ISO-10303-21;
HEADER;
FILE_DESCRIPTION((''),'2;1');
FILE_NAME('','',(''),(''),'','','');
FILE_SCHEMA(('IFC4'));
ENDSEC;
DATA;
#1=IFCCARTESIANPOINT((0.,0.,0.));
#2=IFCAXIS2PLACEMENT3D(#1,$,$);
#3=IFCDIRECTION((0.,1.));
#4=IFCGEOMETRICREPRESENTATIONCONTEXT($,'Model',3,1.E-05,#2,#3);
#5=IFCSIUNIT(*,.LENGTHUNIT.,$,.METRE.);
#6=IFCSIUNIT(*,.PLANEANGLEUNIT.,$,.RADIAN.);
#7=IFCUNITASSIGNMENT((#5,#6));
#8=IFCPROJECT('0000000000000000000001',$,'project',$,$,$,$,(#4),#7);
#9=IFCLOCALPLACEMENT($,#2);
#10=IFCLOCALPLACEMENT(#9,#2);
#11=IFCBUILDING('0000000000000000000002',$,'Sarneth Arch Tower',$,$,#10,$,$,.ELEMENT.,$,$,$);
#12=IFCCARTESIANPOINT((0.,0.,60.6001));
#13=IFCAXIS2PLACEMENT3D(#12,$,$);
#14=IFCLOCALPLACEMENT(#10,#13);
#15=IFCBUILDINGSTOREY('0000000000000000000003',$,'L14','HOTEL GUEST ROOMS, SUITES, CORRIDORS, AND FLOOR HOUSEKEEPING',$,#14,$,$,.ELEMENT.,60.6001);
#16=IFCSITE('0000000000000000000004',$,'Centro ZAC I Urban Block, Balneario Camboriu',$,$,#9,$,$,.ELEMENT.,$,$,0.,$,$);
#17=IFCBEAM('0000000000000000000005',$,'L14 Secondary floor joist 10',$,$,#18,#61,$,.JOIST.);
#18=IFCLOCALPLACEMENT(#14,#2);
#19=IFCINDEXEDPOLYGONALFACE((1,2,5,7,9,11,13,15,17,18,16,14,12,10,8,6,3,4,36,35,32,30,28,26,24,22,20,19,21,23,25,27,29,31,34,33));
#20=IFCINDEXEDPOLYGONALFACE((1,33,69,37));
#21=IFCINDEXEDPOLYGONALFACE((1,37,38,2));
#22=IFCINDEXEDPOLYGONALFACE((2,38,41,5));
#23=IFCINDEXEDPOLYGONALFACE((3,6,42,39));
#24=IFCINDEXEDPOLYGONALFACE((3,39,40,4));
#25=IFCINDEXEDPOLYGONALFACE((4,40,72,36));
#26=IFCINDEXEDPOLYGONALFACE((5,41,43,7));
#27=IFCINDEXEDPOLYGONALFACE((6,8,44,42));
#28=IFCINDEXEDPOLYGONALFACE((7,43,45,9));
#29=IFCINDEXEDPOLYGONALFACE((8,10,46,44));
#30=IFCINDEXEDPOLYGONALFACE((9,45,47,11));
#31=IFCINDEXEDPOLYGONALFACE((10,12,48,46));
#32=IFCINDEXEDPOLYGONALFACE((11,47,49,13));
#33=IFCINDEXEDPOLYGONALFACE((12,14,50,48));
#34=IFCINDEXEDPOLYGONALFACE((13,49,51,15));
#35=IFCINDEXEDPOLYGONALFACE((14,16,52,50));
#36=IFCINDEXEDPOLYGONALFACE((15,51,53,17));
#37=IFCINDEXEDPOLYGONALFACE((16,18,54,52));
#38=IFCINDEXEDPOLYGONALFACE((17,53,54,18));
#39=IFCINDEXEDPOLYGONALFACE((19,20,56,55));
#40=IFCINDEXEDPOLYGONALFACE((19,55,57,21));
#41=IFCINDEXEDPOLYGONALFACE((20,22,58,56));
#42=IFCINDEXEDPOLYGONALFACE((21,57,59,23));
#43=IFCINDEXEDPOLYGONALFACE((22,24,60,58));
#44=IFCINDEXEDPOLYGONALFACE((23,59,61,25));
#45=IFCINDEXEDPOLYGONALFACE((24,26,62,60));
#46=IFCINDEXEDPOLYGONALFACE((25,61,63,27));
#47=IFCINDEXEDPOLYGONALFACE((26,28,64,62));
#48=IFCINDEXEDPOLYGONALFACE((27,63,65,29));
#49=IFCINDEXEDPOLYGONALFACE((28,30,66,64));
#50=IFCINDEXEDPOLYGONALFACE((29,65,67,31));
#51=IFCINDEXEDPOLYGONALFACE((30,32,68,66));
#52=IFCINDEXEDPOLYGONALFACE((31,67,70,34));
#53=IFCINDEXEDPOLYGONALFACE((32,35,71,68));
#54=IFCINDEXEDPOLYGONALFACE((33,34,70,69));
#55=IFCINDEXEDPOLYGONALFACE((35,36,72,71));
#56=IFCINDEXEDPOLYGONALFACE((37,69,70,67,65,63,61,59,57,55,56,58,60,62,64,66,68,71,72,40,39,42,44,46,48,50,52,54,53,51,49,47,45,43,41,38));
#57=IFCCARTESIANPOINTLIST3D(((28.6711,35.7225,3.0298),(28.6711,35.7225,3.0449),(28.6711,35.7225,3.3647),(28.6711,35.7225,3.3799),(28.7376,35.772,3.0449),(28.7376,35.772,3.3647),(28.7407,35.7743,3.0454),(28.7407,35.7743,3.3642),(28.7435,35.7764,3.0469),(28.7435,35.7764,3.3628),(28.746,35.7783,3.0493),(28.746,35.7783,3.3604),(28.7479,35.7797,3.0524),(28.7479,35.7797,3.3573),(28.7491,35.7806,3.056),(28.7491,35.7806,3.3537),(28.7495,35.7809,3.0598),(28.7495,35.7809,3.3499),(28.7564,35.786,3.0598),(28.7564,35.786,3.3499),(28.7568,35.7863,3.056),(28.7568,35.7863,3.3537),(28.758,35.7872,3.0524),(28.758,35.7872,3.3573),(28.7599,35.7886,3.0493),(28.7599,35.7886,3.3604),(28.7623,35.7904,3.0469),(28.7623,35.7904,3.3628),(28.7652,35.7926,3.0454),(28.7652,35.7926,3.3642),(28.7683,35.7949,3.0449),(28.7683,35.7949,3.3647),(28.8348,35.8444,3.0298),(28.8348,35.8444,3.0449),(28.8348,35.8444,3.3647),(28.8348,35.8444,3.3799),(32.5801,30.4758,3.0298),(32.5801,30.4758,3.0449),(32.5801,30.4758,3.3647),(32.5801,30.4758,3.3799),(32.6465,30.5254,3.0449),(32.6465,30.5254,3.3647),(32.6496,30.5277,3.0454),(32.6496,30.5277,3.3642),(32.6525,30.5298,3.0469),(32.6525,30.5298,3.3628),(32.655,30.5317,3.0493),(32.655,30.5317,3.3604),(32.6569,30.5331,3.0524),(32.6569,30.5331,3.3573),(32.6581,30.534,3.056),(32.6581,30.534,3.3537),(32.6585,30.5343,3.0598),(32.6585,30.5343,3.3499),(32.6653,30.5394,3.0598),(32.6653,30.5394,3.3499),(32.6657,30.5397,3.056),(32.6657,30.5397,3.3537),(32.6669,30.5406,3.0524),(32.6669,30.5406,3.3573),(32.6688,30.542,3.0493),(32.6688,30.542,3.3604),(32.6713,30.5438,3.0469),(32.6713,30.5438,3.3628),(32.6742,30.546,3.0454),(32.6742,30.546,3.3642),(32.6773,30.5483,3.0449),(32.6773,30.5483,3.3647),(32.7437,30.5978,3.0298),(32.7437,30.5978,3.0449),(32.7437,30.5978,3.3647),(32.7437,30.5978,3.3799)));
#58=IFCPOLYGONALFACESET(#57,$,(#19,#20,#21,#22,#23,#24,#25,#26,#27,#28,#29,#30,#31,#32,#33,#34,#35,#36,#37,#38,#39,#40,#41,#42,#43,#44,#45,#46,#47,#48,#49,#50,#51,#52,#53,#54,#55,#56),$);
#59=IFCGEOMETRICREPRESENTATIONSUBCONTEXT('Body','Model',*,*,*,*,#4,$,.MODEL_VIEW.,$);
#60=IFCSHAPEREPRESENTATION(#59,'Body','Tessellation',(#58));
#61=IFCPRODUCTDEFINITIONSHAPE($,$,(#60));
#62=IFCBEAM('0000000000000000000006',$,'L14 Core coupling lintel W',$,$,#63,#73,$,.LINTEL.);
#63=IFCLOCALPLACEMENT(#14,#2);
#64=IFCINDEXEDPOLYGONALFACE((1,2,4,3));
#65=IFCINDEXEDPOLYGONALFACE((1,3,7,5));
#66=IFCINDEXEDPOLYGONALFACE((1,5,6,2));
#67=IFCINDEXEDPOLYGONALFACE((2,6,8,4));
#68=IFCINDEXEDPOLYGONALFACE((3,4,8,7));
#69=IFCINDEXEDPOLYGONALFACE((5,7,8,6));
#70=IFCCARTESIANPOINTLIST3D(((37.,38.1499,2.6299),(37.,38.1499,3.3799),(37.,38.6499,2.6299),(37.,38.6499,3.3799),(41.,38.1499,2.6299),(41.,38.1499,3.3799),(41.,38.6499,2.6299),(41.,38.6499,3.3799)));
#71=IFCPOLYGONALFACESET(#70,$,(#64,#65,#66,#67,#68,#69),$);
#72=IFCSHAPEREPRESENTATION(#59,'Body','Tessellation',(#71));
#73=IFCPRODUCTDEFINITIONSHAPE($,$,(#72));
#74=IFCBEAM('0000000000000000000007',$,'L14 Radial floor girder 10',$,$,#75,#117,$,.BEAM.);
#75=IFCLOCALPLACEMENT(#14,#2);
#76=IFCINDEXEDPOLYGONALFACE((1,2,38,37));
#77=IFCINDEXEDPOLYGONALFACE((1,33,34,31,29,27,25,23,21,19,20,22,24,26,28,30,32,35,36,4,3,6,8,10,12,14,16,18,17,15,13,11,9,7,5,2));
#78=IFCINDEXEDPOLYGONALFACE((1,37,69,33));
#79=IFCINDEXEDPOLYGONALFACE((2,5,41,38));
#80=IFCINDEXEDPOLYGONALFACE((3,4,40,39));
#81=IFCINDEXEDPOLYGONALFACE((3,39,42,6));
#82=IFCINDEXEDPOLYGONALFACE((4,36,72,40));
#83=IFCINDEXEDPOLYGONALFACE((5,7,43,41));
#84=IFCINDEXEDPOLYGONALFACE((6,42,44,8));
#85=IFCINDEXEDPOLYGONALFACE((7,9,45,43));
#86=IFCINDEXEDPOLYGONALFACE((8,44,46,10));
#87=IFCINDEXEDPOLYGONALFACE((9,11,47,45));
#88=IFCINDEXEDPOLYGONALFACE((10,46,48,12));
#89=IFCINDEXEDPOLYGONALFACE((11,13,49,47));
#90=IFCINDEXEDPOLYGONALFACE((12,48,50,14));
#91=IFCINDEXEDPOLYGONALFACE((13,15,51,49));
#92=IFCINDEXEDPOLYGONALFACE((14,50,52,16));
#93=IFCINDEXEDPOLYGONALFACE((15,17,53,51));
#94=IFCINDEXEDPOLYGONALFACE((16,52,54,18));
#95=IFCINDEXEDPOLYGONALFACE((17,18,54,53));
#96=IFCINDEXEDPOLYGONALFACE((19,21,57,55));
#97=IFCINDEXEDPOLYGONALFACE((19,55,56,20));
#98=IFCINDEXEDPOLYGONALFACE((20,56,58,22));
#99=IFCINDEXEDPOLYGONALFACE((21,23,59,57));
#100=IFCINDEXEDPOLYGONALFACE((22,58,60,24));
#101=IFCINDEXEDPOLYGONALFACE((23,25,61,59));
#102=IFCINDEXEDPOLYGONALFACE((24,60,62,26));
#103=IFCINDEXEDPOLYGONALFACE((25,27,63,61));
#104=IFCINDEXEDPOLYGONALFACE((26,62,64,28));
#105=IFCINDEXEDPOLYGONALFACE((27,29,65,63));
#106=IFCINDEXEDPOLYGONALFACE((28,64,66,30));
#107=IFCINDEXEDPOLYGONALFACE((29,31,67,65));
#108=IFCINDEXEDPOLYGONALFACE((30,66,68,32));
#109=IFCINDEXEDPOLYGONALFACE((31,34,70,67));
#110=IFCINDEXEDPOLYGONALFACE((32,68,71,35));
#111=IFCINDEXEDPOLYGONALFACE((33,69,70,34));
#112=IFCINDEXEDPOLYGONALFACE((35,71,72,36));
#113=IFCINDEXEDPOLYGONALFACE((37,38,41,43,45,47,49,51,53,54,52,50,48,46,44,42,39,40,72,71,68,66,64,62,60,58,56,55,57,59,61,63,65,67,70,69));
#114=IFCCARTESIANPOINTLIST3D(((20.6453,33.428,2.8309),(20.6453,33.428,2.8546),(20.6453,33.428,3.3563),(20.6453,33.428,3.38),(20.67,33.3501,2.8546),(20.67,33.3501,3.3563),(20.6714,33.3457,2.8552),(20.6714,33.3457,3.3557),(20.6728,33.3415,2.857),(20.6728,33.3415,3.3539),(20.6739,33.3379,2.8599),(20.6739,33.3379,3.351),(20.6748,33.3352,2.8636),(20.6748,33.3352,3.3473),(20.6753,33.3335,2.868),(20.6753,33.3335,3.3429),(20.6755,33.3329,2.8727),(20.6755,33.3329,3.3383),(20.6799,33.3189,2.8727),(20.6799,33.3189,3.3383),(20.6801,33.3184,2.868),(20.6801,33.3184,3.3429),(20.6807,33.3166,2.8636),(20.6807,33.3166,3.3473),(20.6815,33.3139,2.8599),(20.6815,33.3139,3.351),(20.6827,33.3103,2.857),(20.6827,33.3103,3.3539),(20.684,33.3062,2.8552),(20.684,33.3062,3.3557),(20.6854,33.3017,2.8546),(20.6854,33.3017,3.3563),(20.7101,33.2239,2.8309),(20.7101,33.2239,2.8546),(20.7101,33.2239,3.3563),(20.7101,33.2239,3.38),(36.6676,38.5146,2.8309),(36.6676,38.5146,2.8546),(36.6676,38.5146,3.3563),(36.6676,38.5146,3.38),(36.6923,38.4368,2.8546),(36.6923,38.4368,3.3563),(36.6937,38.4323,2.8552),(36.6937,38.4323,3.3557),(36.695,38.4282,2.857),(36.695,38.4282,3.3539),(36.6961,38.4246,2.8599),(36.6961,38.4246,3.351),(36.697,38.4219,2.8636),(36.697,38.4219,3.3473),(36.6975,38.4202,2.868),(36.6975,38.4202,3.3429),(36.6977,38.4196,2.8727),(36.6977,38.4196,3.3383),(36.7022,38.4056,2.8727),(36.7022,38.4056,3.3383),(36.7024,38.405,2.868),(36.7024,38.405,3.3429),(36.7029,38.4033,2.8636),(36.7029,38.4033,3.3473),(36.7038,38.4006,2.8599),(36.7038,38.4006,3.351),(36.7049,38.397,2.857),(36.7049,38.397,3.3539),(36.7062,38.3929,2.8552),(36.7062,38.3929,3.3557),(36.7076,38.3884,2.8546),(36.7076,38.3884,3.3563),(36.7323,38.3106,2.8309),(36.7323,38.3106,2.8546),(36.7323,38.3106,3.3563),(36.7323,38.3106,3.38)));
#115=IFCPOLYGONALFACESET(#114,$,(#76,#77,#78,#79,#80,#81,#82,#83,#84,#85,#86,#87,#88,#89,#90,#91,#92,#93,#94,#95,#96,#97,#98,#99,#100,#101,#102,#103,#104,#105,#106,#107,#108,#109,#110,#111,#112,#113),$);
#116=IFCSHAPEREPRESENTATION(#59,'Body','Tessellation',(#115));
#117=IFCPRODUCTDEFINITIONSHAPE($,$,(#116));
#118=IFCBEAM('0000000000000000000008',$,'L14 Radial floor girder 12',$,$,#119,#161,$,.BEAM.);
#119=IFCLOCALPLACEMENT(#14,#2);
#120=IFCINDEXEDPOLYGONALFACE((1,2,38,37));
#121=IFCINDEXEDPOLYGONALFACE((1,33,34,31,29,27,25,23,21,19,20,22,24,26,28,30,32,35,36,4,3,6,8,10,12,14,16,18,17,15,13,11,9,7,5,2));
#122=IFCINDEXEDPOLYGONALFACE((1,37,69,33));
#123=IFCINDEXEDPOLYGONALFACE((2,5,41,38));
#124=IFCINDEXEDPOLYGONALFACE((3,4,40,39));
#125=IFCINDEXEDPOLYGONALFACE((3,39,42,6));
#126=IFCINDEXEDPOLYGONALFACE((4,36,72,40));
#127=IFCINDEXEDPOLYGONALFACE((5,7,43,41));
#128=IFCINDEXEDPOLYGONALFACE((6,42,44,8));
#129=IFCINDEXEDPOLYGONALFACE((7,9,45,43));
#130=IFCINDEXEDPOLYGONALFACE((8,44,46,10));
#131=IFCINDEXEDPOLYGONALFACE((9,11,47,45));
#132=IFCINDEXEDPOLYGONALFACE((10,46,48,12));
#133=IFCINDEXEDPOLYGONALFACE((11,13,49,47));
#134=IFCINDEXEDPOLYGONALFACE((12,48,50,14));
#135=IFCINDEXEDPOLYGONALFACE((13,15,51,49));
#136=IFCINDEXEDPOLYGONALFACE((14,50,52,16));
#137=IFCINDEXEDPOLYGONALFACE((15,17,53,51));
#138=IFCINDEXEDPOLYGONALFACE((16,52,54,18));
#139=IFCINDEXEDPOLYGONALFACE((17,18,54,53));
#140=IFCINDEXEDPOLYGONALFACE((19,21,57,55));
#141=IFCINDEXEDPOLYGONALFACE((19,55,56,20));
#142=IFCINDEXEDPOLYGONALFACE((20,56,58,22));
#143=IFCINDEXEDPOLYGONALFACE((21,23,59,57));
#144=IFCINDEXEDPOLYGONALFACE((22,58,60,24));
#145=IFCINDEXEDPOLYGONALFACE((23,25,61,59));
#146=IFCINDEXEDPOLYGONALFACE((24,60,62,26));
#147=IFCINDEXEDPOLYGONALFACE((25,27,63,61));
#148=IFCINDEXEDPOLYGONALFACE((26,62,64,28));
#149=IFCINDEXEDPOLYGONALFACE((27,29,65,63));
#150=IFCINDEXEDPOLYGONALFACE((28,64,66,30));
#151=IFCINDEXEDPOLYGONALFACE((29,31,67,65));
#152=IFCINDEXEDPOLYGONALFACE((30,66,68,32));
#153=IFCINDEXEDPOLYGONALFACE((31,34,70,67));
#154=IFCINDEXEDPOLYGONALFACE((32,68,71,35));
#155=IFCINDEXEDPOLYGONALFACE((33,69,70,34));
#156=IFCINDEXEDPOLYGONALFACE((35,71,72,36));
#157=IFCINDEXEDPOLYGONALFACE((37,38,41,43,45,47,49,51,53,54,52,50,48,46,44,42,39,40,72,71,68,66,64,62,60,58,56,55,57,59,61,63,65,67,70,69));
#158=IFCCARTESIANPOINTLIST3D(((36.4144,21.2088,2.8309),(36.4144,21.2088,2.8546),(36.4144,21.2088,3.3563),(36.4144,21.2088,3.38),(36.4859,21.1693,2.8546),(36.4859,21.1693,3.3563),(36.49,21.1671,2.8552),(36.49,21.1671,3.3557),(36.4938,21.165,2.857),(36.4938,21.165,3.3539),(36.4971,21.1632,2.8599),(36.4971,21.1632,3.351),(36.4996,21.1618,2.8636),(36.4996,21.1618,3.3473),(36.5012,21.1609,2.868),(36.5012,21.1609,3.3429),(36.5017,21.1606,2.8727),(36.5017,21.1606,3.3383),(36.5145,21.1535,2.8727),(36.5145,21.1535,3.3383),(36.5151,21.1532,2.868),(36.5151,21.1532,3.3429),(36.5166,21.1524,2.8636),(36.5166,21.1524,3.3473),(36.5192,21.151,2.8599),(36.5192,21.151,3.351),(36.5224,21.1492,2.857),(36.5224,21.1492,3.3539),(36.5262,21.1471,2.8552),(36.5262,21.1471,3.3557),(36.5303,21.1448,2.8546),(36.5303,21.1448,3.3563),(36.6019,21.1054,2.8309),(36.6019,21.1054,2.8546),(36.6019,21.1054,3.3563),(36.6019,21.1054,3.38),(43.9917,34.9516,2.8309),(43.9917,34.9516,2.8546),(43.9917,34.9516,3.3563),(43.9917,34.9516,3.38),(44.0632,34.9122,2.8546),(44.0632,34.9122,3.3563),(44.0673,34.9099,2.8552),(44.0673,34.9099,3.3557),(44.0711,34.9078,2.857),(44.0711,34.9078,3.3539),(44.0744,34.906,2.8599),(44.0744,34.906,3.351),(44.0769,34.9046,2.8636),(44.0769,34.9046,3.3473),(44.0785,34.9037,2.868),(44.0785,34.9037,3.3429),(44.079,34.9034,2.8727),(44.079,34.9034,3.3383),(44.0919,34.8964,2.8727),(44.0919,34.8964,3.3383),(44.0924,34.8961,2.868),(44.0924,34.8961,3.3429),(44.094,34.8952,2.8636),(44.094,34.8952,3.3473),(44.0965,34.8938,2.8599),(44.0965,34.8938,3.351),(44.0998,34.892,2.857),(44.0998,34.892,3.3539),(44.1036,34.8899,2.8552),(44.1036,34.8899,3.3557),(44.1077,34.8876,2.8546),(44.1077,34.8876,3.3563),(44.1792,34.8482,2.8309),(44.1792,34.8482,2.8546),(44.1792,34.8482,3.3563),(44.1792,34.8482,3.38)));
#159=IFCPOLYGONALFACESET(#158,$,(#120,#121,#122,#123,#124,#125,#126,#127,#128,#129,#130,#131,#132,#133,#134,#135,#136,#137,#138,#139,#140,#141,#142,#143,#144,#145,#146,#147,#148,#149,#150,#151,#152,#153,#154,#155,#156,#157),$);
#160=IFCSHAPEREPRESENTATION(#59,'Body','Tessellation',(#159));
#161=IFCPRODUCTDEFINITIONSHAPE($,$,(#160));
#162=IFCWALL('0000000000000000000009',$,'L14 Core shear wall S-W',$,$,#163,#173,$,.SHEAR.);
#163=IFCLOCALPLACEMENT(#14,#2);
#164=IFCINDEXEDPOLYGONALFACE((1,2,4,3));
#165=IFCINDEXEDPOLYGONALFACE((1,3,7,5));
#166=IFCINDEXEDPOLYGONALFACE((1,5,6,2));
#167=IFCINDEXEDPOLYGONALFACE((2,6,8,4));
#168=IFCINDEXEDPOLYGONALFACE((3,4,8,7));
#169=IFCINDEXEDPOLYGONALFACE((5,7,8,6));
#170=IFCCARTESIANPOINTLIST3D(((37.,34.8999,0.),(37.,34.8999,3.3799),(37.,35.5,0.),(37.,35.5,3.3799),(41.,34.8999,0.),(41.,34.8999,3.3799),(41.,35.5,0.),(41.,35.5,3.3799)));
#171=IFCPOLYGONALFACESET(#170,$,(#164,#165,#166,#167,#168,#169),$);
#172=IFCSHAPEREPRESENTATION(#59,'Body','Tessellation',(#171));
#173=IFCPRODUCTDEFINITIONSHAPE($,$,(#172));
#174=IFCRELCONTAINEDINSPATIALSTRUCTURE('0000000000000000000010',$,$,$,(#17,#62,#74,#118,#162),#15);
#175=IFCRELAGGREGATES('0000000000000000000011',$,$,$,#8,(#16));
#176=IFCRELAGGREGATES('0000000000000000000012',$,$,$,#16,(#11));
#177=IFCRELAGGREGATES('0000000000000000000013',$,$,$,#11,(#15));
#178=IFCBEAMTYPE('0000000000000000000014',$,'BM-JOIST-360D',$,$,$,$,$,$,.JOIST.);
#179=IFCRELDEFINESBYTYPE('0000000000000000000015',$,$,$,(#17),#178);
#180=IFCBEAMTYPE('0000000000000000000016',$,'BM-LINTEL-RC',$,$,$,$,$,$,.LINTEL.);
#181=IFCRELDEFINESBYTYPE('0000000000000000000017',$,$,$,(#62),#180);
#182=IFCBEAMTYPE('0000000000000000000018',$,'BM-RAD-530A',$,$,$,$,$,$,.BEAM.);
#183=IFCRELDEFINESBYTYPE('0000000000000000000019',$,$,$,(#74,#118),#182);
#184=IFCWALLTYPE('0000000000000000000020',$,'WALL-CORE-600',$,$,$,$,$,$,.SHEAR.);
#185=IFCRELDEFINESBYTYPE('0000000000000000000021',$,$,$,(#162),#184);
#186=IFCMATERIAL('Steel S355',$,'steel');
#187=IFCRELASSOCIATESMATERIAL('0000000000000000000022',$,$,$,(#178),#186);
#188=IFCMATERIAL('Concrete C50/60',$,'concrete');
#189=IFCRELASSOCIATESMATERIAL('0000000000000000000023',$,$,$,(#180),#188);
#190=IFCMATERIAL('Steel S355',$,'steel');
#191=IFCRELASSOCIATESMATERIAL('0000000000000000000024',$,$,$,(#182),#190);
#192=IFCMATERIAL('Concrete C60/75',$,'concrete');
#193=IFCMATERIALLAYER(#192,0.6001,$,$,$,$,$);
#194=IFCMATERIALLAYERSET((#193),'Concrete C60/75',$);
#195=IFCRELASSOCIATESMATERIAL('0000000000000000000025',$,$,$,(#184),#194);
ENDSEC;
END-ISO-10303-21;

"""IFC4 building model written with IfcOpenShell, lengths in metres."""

from ifc_helpers import new_model, si_unit, direction, frame, frame_2d, origin, origin_2d, place, context, subcontext, project, spatial, rectangle, i_section, extrude, material, layer, layer_set, material_profile, profile_set, type_object, element, save


model = new_model("IFC4")

# Units and contexts
model_context = context("Model", 3, precision=1e-05, world=origin(), true_north=direction((0.0, 1.0)))
body_context = subcontext(model_context, "Body", "Model", "MODEL_VIEW")
ifc_project = project(units=[si_unit("LENGTHUNIT", "METRE"), si_unit("PLANEANGLEUNIT", "RADIAN")], contexts=[model_context])

# Site, building, storey
site_placement = place(None, origin())
site = spatial("IfcSite", under=ifc_project, at=site_placement, Name="Centro ZAC I Urban Block, Balneario Camboriu", CompositionType="ELEMENT", RefElevation=0.0)
building_placement = place(site_placement, origin())
building = spatial("IfcBuilding", under=site, at=building_placement, Name="Sarneth Arch Tower", CompositionType="ELEMENT")
storey_placement = place(building_placement, frame((0.0, 0.0, 60.6001)))
storey = spatial("IfcBuildingStorey", under=building, at=storey_placement, Name="L14", Description="HOTEL GUEST ROOMS, SUITES, CORRIDORS, AND FLOOR HOUSEKEEPING", CompositionType="ELEMENT", Elevation=60.6001)

# Beams
ifc_material_1 = material(Name="Steel S355", Category="steel")
ifc_material_profile_1 = material_profile(ifc_material_1, i_section(OverallWidth=0.2041, OverallDepth=0.3501, WebThickness=0.0085, FlangeThickness=0.0151, FilletRadius=0.0149, at=origin_2d()), Name="W360x72")
ifc_profile_set_1 = profile_set([ifc_material_profile_1], Name="Steel S355")
beam_type_1 = type_object("IfcBeamType", Name="BM-JOIST-360D", PredefinedType="JOIST", material=ifc_profile_set_1)
beam_1_placement = place(storey_placement, frame((28.7529, 35.7834, 3.2048), z_axis=(0.597454, -0.801904, 0.0), x_axis=(0.801904, 0.597454, 0.0)))
element("IfcBeam", 1, at=beam_1_placement, inside=storey, type_object=beam_type_1, Name="L14 Secondary floor joist 10", PredefinedType="JOIST", context=body_context, shape_type="SweptSolid", body=[
    extrude(i_section(OverallWidth=0.2041, OverallDepth=0.3501, WebThickness=0.0085, FlangeThickness=0.0151, FilletRadius=0.0149, at=origin_2d()), origin(), (0.0, 0.0, 1.0), 6.5427),
])
ifc_material_2 = material(Name="Concrete C50/60", Category="concrete")
ifc_material_profile_2 = material_profile(ifc_material_2, rectangle(XDim=0.5, YDim=0.75, at=origin_2d()), Name="RC-500x750")
ifc_profile_set_2 = profile_set([ifc_material_profile_2], Name="Concrete C50/60")
beam_type_2 = type_object("IfcBeamType", Name="BM-LINTEL-RC", PredefinedType="LINTEL", material=ifc_profile_set_2)
beam_2_placement = place(storey_placement, frame((37.0, 38.3999, 3.0049), z_axis=(1.0, 0.0, 0.0), x_axis=(0.0, 1.0, 0.0)))
element("IfcBeam", 2, at=beam_2_placement, inside=storey, type_object=beam_type_2, Name="L14 Core coupling lintel W", PredefinedType="LINTEL", context=body_context, shape_type="SweptSolid", body=[
    extrude(rectangle(XDim=0.5, YDim=0.75, at=origin_2d()), origin(), (0.0, 0.0, 1.0), 4.0),
])
ifc_material_3 = material(Name="Steel S355", Category="steel")
ifc_material_profile_3 = material_profile(ifc_material_3, i_section(OverallWidth=0.2141, OverallDepth=0.5491, WebThickness=0.0146, FlangeThickness=0.0237, FilletRadius=0.0181, at=origin_2d()), Name="W530x138")
ifc_profile_set_3 = profile_set([ifc_material_profile_3], Name="Steel S355")
beam_type_3 = type_object("IfcBeamType", Name="BM-RAD-530A", PredefinedType="BEAM", material=ifc_profile_set_3)
beam_3_placement = place(storey_placement, frame((36.7, 38.4126, 3.1055), z_axis=(-0.95312, -0.302593, 0.0), x_axis=(0.302593, -0.95312, 0.0)))
element("IfcBeam", 3, at=beam_3_placement, inside=storey, type_object=beam_type_3, Name="L14 Radial floor girder 10", PredefinedType="BEAM", context=body_context, shape_type="SweptSolid", body=[
    extrude(i_section(OverallWidth=0.2141, OverallDepth=0.5491, WebThickness=0.0146, FlangeThickness=0.0237, FilletRadius=0.0181, at=origin_2d()), origin(), (0.0, 0.0, 1.0), 16.8103),
])
beam_4_placement = place(storey_placement, frame((44.0854, 34.8999, 3.1055), z_axis=(-0.482838, -0.87571, 0.0), x_axis=(0.87571, -0.482838, 0.0)))
element("IfcBeam", 4, at=beam_4_placement, inside=storey, type_object=beam_type_3, Name="L14 Radial floor girder 12", PredefinedType="BEAM", context=body_context, shape_type="SweptSolid", body=[
    extrude(i_section(OverallWidth=0.2141, OverallDepth=0.5491, WebThickness=0.0146, FlangeThickness=0.0237, FilletRadius=0.0181, at=origin_2d()), origin(), (0.0, 0.0, 1.0), 15.6934),
])

# Wall
ifc_material_4 = material(Name="Concrete C60/75", Category="concrete")
ifc_layer_1 = layer(ifc_material_4, 0.6001)
ifc_layer_set_1 = layer_set([ifc_layer_1], Name="Concrete C60/75")
wall_type_1 = type_object("IfcWallType", Name="WALL-CORE-600", PredefinedType="SHEAR", material=ifc_layer_set_1)
wall_1_placement = place(storey_placement, frame((37.0, 35.2, 0.0), z_axis=(0.0, 0.0, 1.0), x_axis=(1.0, 0.0, 0.0)))
element("IfcWall", 5, at=wall_1_placement, inside=storey, type_object=wall_type_1, Name="L14 Core shear wall S-W", PredefinedType="SHEAR", context=body_context, shape_type="SweptSolid", body=[
    extrude(rectangle(XDim=4.0, YDim=0.6001, at=frame_2d((2.0, 0.0))), origin(), (0.0, 0.0, 1.0), 3.3799),
])

save(model, "model.ifc")
